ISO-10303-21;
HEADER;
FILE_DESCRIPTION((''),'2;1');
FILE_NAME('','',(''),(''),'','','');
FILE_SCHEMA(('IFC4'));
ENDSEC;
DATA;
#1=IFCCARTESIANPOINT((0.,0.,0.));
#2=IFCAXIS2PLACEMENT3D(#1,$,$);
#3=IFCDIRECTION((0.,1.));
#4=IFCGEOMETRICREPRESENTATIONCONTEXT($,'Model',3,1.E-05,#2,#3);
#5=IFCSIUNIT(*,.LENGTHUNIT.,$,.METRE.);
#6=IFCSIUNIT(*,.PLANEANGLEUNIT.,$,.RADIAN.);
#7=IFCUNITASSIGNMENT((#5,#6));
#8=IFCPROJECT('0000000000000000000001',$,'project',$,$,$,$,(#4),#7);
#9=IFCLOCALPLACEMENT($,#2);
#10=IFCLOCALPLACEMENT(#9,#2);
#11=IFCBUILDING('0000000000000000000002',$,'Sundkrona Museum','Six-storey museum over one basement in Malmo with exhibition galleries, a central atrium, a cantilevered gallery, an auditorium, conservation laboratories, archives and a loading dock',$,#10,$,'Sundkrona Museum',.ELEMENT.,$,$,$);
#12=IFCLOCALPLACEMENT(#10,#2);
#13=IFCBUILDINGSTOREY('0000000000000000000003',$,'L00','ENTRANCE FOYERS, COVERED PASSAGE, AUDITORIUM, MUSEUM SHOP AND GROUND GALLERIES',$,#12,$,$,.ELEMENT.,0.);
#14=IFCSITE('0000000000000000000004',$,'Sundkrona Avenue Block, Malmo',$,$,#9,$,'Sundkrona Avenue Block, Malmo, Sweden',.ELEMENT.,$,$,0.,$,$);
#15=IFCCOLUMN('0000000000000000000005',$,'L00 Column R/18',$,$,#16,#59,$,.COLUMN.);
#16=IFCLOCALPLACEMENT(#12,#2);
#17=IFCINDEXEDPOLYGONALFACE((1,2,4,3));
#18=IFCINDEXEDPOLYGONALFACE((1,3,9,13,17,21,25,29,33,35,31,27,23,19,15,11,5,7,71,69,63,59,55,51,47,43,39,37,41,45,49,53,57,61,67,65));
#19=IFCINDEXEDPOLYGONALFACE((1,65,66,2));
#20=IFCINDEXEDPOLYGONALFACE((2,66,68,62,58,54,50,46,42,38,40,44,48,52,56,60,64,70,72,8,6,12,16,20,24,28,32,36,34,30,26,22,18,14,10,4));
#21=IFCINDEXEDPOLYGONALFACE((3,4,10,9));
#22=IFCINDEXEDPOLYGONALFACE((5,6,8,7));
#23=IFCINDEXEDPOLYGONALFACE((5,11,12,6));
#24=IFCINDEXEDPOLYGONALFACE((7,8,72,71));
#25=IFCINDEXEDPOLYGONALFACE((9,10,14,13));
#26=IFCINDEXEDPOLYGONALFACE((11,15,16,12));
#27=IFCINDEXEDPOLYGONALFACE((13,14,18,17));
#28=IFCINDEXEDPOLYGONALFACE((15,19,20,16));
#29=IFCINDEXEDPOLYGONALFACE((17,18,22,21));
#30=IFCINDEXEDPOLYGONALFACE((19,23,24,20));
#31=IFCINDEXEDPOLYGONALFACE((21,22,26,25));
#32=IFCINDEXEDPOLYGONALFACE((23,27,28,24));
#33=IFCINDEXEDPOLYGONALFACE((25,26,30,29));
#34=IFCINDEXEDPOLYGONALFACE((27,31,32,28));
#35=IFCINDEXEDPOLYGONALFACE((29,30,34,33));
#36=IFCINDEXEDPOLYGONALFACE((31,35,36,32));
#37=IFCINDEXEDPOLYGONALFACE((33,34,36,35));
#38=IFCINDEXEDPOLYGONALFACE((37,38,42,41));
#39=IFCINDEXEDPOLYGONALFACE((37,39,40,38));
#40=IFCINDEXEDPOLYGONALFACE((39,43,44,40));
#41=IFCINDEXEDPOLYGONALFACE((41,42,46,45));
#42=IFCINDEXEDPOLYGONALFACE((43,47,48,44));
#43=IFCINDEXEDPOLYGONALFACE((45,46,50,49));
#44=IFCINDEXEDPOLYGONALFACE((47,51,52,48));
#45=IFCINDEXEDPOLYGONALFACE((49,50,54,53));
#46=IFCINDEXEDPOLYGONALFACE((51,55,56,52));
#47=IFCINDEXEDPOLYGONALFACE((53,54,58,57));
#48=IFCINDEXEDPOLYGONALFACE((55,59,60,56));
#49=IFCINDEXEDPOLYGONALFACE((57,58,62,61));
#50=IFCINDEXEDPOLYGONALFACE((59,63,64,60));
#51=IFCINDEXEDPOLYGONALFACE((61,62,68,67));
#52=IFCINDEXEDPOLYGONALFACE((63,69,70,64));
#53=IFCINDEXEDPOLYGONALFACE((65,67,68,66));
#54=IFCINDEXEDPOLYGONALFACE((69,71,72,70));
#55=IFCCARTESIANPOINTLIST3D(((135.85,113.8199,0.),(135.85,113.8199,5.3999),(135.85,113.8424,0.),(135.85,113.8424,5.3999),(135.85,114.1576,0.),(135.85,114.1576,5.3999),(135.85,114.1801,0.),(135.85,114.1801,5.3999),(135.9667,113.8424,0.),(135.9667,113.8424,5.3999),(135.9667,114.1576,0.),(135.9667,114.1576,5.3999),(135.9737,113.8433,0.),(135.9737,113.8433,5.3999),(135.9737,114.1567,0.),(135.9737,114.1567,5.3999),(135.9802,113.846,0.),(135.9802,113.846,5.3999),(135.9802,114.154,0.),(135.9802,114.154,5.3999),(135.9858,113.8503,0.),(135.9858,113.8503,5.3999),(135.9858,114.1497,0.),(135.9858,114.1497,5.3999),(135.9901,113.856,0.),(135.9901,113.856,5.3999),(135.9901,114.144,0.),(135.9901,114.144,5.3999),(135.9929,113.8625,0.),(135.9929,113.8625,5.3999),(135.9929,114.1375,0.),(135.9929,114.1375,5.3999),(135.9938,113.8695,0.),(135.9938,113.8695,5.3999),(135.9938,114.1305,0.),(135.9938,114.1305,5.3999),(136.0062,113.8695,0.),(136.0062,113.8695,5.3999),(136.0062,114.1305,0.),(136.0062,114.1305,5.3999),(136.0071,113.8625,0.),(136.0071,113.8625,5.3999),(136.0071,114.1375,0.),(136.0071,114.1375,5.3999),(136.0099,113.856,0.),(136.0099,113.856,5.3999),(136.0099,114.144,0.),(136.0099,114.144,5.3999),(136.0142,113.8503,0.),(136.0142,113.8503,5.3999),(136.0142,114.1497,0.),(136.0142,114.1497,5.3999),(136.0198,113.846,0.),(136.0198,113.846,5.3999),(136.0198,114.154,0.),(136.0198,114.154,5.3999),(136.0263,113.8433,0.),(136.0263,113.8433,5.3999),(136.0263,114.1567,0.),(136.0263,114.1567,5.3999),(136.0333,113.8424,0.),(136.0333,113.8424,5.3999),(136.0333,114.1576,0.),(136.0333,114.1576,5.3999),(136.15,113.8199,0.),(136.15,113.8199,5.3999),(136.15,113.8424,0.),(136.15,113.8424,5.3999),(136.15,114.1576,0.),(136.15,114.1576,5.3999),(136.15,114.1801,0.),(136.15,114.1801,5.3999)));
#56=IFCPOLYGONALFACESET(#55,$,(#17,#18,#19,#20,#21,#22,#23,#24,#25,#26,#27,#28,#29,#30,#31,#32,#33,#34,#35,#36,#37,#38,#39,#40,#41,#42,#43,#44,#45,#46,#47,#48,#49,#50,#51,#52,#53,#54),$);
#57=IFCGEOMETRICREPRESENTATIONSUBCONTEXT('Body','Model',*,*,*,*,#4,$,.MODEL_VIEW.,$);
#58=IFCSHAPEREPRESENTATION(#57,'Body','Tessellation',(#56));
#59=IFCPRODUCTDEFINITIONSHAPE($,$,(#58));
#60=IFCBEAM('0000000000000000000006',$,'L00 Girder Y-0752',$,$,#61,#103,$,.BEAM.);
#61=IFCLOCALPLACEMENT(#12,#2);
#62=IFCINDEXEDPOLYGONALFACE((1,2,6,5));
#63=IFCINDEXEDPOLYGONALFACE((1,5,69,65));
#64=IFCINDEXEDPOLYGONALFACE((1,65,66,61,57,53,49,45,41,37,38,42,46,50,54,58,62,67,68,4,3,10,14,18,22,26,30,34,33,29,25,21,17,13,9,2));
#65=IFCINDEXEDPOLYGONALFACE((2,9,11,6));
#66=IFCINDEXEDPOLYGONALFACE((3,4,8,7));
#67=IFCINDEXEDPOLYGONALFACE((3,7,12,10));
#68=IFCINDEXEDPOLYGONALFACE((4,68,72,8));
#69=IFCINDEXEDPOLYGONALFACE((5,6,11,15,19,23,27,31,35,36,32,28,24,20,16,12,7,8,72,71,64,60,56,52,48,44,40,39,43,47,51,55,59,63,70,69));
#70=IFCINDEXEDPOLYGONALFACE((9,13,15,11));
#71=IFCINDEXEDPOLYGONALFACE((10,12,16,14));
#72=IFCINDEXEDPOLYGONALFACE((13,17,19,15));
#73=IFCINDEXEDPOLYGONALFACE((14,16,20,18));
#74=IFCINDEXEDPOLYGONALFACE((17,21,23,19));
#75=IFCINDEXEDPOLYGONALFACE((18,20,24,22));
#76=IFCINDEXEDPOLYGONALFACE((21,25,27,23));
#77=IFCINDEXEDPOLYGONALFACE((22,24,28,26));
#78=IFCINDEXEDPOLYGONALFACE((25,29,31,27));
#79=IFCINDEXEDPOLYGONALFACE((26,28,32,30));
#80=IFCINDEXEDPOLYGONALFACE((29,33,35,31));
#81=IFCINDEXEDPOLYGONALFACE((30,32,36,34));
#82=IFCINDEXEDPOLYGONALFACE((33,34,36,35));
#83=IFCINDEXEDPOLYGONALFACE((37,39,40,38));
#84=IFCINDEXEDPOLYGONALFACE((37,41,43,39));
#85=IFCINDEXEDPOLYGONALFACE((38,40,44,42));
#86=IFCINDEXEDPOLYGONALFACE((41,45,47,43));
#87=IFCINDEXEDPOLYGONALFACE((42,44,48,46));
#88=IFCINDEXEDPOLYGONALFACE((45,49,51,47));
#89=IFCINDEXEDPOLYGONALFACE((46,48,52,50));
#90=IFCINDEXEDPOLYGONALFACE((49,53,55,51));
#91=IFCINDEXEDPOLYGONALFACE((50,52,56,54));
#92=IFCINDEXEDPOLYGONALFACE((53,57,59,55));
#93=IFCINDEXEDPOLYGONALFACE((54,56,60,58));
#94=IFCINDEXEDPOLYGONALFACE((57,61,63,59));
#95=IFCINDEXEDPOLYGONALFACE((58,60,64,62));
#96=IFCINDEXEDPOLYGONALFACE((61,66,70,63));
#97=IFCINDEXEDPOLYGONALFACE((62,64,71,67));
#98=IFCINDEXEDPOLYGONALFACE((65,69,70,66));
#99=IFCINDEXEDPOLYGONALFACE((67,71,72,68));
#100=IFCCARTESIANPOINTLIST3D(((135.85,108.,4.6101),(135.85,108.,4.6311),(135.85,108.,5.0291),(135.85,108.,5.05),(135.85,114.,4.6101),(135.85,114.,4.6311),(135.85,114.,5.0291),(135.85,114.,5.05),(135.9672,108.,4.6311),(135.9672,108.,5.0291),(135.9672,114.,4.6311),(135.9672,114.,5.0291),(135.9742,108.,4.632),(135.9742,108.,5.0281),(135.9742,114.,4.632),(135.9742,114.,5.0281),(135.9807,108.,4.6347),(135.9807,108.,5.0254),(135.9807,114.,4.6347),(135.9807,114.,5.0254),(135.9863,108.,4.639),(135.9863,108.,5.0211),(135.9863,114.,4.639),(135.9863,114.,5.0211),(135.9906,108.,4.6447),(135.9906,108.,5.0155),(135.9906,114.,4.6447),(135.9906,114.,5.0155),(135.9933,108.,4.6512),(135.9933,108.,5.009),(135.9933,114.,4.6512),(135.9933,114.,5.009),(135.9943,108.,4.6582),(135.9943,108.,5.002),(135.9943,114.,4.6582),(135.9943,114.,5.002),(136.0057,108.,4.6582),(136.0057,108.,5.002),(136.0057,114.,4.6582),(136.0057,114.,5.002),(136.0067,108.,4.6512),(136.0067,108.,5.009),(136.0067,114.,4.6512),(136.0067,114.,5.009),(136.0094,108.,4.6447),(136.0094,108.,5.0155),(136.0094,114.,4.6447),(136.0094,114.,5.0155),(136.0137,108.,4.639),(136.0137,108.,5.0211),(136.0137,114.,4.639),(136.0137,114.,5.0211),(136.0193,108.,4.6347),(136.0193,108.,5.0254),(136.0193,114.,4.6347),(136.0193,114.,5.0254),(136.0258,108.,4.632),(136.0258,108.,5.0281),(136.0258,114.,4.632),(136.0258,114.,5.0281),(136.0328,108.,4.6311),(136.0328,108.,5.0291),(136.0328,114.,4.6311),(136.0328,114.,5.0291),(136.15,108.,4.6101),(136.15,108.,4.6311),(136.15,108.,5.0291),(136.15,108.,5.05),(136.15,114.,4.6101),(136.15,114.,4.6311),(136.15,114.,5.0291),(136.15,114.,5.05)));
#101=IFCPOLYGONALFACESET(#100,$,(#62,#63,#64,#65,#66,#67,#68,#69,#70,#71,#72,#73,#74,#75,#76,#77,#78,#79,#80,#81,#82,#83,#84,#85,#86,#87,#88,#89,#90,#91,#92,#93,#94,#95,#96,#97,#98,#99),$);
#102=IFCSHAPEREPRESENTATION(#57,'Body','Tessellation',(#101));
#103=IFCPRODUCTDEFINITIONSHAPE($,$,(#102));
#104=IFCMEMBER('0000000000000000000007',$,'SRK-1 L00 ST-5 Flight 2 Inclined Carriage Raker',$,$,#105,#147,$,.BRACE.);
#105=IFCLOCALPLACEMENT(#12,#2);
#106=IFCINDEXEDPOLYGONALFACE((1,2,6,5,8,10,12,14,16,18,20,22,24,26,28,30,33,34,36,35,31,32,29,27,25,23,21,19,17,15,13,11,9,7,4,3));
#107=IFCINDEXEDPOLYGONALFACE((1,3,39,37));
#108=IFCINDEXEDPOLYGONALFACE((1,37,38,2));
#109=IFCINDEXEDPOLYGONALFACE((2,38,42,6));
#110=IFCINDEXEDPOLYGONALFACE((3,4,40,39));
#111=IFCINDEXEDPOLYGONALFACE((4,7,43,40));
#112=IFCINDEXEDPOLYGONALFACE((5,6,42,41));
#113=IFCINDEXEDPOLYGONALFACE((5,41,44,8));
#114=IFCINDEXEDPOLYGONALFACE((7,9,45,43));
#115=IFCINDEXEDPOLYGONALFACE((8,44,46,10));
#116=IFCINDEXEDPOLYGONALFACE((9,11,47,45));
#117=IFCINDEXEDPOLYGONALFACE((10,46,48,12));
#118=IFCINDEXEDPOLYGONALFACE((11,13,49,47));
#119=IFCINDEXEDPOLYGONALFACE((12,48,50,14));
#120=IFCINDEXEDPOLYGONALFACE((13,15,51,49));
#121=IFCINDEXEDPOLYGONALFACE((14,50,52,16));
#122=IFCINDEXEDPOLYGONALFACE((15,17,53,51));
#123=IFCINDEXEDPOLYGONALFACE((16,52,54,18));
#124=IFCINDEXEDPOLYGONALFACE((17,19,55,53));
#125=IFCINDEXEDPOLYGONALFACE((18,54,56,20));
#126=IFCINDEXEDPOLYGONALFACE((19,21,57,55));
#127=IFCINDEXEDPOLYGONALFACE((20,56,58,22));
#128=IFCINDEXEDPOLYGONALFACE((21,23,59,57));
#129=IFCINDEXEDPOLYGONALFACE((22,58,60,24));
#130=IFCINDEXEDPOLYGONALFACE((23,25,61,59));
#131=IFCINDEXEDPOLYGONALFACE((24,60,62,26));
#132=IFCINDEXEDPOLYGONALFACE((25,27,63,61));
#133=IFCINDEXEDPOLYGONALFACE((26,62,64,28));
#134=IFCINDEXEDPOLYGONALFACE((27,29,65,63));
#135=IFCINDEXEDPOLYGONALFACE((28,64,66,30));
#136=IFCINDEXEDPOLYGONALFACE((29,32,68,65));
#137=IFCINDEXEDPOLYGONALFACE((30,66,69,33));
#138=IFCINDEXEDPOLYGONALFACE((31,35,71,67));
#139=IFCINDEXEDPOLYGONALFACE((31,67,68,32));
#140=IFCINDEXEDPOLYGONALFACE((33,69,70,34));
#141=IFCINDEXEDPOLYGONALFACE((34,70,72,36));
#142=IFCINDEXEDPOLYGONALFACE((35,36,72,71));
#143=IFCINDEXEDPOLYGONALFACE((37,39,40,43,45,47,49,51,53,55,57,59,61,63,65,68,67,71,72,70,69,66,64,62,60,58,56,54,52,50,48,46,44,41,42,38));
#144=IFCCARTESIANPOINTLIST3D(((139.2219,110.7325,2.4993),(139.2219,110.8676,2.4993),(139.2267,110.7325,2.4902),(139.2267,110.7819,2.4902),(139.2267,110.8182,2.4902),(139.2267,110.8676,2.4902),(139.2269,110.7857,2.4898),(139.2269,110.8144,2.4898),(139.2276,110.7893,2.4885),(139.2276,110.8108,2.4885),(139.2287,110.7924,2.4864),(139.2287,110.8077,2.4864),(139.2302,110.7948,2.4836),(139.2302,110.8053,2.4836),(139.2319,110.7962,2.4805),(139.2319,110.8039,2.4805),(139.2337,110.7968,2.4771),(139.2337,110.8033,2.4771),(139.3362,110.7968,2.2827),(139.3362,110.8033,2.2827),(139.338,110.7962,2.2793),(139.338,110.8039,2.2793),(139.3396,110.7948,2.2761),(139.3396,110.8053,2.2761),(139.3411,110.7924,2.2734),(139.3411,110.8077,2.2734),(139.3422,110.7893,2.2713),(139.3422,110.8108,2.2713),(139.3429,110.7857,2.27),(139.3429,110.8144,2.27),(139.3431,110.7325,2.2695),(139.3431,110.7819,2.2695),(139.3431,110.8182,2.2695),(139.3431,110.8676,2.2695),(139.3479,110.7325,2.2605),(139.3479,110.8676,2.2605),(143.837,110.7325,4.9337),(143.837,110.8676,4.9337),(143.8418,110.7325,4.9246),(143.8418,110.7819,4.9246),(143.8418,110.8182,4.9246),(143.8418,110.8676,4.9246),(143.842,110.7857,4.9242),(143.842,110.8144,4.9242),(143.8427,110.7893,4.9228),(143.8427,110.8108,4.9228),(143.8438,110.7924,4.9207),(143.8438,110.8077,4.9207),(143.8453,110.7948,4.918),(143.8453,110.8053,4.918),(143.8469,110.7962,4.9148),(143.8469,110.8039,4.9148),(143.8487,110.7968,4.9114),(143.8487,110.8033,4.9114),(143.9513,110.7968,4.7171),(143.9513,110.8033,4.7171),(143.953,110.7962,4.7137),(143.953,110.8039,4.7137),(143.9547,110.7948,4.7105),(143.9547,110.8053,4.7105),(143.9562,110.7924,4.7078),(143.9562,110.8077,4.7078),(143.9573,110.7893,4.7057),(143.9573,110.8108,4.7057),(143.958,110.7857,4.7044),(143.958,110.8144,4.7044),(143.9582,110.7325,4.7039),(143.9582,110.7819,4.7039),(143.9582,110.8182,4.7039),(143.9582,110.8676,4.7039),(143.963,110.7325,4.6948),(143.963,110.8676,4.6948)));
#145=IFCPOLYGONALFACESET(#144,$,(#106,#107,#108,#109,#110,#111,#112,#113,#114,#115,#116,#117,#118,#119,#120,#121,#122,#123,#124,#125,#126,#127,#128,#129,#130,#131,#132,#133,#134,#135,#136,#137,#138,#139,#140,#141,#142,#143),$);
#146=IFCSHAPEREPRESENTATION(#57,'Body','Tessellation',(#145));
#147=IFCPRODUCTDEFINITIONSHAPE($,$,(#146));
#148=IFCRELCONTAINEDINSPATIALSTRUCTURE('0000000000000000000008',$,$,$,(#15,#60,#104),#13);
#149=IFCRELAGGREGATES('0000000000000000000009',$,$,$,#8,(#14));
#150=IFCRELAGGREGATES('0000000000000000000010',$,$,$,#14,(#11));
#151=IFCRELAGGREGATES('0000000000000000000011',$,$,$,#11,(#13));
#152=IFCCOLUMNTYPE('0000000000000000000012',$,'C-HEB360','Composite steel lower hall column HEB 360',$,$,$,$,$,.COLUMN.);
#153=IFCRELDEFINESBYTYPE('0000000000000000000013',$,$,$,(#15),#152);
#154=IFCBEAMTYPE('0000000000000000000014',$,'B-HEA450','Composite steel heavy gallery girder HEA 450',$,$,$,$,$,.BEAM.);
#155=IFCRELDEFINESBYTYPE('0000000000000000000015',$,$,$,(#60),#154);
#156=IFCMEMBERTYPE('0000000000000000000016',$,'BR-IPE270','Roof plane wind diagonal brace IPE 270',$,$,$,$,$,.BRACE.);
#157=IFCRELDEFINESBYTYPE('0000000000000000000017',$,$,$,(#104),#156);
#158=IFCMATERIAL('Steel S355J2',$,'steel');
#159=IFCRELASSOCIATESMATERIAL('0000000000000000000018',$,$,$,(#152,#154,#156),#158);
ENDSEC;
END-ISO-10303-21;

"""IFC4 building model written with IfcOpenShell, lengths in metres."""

from ifc_helpers import new_model, si_unit, direction, frame, origin, origin_2d, place, context, subcontext, project, spatial, i_section, extrude, material, material_profile, profile_set, type_object, element, save


model = new_model("IFC4")

# Units and contexts
model_context = context("Model", 3, precision=1e-05, world=origin(), true_north=direction((0.0, 1.0)))
body_context = subcontext(model_context, "Body", "Model", "MODEL_VIEW")
ifc_project = project(units=[si_unit("LENGTHUNIT", "METRE"), si_unit("PLANEANGLEUNIT", "RADIAN")], contexts=[model_context])

# Site, building, storey
site_placement = place(None, origin())
site = spatial("IfcSite", under=ifc_project, at=site_placement, Name="Sundkrona Avenue Block, Malmo", LongName="Sundkrona Avenue Block, Malmo, Sweden", CompositionType="ELEMENT", RefElevation=0.0)
building_placement = place(site_placement, origin())
building = spatial("IfcBuilding", under=site, at=building_placement, Name="Sundkrona Museum", Description="Six-storey museum over one basement in Malmo with exhibition galleries, a central atrium, a cantilevered gallery, an auditorium, conservation laboratories, archives and a loading dock", LongName="Sundkrona Museum", CompositionType="ELEMENT")
storey_placement = place(building_placement, origin())
storey = spatial("IfcBuildingStorey", under=building, at=storey_placement, Name="L00", Description="ENTRANCE FOYERS, COVERED PASSAGE, AUDITORIUM, MUSEUM SHOP AND GROUND GALLERIES", CompositionType="ELEMENT", Elevation=0.0)

# Column
ifc_material_1 = material(Name="Steel S355J2", Category="steel")
ifc_material_profile_1 = material_profile(ifc_material_1, i_section(OverallWidth=0.3, OverallDepth=0.3601, WebThickness=0.0125, FlangeThickness=0.0225, FilletRadius=0.0271, at=origin_2d()), Name="HEB 360")
ifc_profile_set_1 = profile_set([ifc_material_profile_1], Name="Steel S355J2")
column_type = type_object("IfcColumnType", Name="C-HEB360", Description="Composite steel lower hall column HEB 360", PredefinedType="COLUMN", material=ifc_profile_set_1)
column_placement = place(storey_placement, frame((136.0, 114.0, 0.0), z_axis=(0.0, 0.0, 1.0), x_axis=(1.0, 0.0, 0.0)))
element("IfcColumn", 1, at=column_placement, inside=storey, type_object=column_type, Name="L00 Column R/18", PredefinedType="COLUMN", context=body_context, shape_type="SweptSolid", body=[
    extrude(i_section(OverallWidth=0.3, OverallDepth=0.3601, WebThickness=0.0125, FlangeThickness=0.0225, FilletRadius=0.0271, at=origin_2d()), origin(), (0.0, 0.0, 1.0), 5.3999),
])

# Beam
ifc_material_profile_2 = material_profile(ifc_material_1, i_section(OverallWidth=0.3, OverallDepth=0.4399, WebThickness=0.0115, FlangeThickness=0.021, FilletRadius=0.0271, at=origin_2d()), Name="HEA 450")
ifc_profile_set_2 = profile_set([ifc_material_profile_2], Name="Steel S355J2")
beam_type_1 = type_object("IfcBeamType", Name="B-HEA450", Description="Composite steel heavy gallery girder HEA 450", PredefinedType="BEAM", material=ifc_profile_set_2)
beam_1_placement = place(storey_placement, frame((136.0, 108.0, 4.8301), z_axis=(0.0, 1.0, 0.0), x_axis=(-1.0, 0.0, 0.0)))
element("IfcBeam", 2, at=beam_1_placement, inside=storey, type_object=beam_type_1, Name="L00 Girder Y-0752", PredefinedType="BEAM", context=body_context, shape_type="SweptSolid", body=[
    extrude(i_section(OverallWidth=0.3, OverallDepth=0.4399, WebThickness=0.0115, FlangeThickness=0.021, FilletRadius=0.0271, at=origin_2d()), origin(), (0.0, 0.0, 1.0), 6.0),
])

# Member
ifc_material_profile_3 = material_profile(ifc_material_1, i_section(OverallWidth=0.135, OverallDepth=0.27, WebThickness=0.0066, FlangeThickness=0.0103, FilletRadius=0.0149, at=origin_2d()), Name="IPE 270")
ifc_profile_set_3 = profile_set([ifc_material_profile_3], Name="Steel S355J2")
member_type = type_object("IfcMemberType", Name="BR-IPE270", Description="Roof plane wind diagonal brace IPE 270", PredefinedType="BRACE", material=ifc_profile_set_3)
member_placement = place(storey_placement, frame((139.2849, 110.8, 2.3799), z_axis=(0.884493, 0.0, 0.466554), x_axis=(0.0, 1.0, 0.0)))
element("IfcMember", 3, at=member_placement, inside=storey, type_object=member_type, Name="SRK-1 L00 ST-5 Flight 2 Inclined Carriage Raker", PredefinedType="BRACE", context=body_context, shape_type="SweptSolid", body=[
    extrude(i_section(OverallWidth=0.135, OverallDepth=0.27, WebThickness=0.0066, FlangeThickness=0.0103, FilletRadius=0.0149, at=origin_2d()), origin(), (0.0, 0.0, 1.0), 5.2178),
])

save(model, "model.ifc")
